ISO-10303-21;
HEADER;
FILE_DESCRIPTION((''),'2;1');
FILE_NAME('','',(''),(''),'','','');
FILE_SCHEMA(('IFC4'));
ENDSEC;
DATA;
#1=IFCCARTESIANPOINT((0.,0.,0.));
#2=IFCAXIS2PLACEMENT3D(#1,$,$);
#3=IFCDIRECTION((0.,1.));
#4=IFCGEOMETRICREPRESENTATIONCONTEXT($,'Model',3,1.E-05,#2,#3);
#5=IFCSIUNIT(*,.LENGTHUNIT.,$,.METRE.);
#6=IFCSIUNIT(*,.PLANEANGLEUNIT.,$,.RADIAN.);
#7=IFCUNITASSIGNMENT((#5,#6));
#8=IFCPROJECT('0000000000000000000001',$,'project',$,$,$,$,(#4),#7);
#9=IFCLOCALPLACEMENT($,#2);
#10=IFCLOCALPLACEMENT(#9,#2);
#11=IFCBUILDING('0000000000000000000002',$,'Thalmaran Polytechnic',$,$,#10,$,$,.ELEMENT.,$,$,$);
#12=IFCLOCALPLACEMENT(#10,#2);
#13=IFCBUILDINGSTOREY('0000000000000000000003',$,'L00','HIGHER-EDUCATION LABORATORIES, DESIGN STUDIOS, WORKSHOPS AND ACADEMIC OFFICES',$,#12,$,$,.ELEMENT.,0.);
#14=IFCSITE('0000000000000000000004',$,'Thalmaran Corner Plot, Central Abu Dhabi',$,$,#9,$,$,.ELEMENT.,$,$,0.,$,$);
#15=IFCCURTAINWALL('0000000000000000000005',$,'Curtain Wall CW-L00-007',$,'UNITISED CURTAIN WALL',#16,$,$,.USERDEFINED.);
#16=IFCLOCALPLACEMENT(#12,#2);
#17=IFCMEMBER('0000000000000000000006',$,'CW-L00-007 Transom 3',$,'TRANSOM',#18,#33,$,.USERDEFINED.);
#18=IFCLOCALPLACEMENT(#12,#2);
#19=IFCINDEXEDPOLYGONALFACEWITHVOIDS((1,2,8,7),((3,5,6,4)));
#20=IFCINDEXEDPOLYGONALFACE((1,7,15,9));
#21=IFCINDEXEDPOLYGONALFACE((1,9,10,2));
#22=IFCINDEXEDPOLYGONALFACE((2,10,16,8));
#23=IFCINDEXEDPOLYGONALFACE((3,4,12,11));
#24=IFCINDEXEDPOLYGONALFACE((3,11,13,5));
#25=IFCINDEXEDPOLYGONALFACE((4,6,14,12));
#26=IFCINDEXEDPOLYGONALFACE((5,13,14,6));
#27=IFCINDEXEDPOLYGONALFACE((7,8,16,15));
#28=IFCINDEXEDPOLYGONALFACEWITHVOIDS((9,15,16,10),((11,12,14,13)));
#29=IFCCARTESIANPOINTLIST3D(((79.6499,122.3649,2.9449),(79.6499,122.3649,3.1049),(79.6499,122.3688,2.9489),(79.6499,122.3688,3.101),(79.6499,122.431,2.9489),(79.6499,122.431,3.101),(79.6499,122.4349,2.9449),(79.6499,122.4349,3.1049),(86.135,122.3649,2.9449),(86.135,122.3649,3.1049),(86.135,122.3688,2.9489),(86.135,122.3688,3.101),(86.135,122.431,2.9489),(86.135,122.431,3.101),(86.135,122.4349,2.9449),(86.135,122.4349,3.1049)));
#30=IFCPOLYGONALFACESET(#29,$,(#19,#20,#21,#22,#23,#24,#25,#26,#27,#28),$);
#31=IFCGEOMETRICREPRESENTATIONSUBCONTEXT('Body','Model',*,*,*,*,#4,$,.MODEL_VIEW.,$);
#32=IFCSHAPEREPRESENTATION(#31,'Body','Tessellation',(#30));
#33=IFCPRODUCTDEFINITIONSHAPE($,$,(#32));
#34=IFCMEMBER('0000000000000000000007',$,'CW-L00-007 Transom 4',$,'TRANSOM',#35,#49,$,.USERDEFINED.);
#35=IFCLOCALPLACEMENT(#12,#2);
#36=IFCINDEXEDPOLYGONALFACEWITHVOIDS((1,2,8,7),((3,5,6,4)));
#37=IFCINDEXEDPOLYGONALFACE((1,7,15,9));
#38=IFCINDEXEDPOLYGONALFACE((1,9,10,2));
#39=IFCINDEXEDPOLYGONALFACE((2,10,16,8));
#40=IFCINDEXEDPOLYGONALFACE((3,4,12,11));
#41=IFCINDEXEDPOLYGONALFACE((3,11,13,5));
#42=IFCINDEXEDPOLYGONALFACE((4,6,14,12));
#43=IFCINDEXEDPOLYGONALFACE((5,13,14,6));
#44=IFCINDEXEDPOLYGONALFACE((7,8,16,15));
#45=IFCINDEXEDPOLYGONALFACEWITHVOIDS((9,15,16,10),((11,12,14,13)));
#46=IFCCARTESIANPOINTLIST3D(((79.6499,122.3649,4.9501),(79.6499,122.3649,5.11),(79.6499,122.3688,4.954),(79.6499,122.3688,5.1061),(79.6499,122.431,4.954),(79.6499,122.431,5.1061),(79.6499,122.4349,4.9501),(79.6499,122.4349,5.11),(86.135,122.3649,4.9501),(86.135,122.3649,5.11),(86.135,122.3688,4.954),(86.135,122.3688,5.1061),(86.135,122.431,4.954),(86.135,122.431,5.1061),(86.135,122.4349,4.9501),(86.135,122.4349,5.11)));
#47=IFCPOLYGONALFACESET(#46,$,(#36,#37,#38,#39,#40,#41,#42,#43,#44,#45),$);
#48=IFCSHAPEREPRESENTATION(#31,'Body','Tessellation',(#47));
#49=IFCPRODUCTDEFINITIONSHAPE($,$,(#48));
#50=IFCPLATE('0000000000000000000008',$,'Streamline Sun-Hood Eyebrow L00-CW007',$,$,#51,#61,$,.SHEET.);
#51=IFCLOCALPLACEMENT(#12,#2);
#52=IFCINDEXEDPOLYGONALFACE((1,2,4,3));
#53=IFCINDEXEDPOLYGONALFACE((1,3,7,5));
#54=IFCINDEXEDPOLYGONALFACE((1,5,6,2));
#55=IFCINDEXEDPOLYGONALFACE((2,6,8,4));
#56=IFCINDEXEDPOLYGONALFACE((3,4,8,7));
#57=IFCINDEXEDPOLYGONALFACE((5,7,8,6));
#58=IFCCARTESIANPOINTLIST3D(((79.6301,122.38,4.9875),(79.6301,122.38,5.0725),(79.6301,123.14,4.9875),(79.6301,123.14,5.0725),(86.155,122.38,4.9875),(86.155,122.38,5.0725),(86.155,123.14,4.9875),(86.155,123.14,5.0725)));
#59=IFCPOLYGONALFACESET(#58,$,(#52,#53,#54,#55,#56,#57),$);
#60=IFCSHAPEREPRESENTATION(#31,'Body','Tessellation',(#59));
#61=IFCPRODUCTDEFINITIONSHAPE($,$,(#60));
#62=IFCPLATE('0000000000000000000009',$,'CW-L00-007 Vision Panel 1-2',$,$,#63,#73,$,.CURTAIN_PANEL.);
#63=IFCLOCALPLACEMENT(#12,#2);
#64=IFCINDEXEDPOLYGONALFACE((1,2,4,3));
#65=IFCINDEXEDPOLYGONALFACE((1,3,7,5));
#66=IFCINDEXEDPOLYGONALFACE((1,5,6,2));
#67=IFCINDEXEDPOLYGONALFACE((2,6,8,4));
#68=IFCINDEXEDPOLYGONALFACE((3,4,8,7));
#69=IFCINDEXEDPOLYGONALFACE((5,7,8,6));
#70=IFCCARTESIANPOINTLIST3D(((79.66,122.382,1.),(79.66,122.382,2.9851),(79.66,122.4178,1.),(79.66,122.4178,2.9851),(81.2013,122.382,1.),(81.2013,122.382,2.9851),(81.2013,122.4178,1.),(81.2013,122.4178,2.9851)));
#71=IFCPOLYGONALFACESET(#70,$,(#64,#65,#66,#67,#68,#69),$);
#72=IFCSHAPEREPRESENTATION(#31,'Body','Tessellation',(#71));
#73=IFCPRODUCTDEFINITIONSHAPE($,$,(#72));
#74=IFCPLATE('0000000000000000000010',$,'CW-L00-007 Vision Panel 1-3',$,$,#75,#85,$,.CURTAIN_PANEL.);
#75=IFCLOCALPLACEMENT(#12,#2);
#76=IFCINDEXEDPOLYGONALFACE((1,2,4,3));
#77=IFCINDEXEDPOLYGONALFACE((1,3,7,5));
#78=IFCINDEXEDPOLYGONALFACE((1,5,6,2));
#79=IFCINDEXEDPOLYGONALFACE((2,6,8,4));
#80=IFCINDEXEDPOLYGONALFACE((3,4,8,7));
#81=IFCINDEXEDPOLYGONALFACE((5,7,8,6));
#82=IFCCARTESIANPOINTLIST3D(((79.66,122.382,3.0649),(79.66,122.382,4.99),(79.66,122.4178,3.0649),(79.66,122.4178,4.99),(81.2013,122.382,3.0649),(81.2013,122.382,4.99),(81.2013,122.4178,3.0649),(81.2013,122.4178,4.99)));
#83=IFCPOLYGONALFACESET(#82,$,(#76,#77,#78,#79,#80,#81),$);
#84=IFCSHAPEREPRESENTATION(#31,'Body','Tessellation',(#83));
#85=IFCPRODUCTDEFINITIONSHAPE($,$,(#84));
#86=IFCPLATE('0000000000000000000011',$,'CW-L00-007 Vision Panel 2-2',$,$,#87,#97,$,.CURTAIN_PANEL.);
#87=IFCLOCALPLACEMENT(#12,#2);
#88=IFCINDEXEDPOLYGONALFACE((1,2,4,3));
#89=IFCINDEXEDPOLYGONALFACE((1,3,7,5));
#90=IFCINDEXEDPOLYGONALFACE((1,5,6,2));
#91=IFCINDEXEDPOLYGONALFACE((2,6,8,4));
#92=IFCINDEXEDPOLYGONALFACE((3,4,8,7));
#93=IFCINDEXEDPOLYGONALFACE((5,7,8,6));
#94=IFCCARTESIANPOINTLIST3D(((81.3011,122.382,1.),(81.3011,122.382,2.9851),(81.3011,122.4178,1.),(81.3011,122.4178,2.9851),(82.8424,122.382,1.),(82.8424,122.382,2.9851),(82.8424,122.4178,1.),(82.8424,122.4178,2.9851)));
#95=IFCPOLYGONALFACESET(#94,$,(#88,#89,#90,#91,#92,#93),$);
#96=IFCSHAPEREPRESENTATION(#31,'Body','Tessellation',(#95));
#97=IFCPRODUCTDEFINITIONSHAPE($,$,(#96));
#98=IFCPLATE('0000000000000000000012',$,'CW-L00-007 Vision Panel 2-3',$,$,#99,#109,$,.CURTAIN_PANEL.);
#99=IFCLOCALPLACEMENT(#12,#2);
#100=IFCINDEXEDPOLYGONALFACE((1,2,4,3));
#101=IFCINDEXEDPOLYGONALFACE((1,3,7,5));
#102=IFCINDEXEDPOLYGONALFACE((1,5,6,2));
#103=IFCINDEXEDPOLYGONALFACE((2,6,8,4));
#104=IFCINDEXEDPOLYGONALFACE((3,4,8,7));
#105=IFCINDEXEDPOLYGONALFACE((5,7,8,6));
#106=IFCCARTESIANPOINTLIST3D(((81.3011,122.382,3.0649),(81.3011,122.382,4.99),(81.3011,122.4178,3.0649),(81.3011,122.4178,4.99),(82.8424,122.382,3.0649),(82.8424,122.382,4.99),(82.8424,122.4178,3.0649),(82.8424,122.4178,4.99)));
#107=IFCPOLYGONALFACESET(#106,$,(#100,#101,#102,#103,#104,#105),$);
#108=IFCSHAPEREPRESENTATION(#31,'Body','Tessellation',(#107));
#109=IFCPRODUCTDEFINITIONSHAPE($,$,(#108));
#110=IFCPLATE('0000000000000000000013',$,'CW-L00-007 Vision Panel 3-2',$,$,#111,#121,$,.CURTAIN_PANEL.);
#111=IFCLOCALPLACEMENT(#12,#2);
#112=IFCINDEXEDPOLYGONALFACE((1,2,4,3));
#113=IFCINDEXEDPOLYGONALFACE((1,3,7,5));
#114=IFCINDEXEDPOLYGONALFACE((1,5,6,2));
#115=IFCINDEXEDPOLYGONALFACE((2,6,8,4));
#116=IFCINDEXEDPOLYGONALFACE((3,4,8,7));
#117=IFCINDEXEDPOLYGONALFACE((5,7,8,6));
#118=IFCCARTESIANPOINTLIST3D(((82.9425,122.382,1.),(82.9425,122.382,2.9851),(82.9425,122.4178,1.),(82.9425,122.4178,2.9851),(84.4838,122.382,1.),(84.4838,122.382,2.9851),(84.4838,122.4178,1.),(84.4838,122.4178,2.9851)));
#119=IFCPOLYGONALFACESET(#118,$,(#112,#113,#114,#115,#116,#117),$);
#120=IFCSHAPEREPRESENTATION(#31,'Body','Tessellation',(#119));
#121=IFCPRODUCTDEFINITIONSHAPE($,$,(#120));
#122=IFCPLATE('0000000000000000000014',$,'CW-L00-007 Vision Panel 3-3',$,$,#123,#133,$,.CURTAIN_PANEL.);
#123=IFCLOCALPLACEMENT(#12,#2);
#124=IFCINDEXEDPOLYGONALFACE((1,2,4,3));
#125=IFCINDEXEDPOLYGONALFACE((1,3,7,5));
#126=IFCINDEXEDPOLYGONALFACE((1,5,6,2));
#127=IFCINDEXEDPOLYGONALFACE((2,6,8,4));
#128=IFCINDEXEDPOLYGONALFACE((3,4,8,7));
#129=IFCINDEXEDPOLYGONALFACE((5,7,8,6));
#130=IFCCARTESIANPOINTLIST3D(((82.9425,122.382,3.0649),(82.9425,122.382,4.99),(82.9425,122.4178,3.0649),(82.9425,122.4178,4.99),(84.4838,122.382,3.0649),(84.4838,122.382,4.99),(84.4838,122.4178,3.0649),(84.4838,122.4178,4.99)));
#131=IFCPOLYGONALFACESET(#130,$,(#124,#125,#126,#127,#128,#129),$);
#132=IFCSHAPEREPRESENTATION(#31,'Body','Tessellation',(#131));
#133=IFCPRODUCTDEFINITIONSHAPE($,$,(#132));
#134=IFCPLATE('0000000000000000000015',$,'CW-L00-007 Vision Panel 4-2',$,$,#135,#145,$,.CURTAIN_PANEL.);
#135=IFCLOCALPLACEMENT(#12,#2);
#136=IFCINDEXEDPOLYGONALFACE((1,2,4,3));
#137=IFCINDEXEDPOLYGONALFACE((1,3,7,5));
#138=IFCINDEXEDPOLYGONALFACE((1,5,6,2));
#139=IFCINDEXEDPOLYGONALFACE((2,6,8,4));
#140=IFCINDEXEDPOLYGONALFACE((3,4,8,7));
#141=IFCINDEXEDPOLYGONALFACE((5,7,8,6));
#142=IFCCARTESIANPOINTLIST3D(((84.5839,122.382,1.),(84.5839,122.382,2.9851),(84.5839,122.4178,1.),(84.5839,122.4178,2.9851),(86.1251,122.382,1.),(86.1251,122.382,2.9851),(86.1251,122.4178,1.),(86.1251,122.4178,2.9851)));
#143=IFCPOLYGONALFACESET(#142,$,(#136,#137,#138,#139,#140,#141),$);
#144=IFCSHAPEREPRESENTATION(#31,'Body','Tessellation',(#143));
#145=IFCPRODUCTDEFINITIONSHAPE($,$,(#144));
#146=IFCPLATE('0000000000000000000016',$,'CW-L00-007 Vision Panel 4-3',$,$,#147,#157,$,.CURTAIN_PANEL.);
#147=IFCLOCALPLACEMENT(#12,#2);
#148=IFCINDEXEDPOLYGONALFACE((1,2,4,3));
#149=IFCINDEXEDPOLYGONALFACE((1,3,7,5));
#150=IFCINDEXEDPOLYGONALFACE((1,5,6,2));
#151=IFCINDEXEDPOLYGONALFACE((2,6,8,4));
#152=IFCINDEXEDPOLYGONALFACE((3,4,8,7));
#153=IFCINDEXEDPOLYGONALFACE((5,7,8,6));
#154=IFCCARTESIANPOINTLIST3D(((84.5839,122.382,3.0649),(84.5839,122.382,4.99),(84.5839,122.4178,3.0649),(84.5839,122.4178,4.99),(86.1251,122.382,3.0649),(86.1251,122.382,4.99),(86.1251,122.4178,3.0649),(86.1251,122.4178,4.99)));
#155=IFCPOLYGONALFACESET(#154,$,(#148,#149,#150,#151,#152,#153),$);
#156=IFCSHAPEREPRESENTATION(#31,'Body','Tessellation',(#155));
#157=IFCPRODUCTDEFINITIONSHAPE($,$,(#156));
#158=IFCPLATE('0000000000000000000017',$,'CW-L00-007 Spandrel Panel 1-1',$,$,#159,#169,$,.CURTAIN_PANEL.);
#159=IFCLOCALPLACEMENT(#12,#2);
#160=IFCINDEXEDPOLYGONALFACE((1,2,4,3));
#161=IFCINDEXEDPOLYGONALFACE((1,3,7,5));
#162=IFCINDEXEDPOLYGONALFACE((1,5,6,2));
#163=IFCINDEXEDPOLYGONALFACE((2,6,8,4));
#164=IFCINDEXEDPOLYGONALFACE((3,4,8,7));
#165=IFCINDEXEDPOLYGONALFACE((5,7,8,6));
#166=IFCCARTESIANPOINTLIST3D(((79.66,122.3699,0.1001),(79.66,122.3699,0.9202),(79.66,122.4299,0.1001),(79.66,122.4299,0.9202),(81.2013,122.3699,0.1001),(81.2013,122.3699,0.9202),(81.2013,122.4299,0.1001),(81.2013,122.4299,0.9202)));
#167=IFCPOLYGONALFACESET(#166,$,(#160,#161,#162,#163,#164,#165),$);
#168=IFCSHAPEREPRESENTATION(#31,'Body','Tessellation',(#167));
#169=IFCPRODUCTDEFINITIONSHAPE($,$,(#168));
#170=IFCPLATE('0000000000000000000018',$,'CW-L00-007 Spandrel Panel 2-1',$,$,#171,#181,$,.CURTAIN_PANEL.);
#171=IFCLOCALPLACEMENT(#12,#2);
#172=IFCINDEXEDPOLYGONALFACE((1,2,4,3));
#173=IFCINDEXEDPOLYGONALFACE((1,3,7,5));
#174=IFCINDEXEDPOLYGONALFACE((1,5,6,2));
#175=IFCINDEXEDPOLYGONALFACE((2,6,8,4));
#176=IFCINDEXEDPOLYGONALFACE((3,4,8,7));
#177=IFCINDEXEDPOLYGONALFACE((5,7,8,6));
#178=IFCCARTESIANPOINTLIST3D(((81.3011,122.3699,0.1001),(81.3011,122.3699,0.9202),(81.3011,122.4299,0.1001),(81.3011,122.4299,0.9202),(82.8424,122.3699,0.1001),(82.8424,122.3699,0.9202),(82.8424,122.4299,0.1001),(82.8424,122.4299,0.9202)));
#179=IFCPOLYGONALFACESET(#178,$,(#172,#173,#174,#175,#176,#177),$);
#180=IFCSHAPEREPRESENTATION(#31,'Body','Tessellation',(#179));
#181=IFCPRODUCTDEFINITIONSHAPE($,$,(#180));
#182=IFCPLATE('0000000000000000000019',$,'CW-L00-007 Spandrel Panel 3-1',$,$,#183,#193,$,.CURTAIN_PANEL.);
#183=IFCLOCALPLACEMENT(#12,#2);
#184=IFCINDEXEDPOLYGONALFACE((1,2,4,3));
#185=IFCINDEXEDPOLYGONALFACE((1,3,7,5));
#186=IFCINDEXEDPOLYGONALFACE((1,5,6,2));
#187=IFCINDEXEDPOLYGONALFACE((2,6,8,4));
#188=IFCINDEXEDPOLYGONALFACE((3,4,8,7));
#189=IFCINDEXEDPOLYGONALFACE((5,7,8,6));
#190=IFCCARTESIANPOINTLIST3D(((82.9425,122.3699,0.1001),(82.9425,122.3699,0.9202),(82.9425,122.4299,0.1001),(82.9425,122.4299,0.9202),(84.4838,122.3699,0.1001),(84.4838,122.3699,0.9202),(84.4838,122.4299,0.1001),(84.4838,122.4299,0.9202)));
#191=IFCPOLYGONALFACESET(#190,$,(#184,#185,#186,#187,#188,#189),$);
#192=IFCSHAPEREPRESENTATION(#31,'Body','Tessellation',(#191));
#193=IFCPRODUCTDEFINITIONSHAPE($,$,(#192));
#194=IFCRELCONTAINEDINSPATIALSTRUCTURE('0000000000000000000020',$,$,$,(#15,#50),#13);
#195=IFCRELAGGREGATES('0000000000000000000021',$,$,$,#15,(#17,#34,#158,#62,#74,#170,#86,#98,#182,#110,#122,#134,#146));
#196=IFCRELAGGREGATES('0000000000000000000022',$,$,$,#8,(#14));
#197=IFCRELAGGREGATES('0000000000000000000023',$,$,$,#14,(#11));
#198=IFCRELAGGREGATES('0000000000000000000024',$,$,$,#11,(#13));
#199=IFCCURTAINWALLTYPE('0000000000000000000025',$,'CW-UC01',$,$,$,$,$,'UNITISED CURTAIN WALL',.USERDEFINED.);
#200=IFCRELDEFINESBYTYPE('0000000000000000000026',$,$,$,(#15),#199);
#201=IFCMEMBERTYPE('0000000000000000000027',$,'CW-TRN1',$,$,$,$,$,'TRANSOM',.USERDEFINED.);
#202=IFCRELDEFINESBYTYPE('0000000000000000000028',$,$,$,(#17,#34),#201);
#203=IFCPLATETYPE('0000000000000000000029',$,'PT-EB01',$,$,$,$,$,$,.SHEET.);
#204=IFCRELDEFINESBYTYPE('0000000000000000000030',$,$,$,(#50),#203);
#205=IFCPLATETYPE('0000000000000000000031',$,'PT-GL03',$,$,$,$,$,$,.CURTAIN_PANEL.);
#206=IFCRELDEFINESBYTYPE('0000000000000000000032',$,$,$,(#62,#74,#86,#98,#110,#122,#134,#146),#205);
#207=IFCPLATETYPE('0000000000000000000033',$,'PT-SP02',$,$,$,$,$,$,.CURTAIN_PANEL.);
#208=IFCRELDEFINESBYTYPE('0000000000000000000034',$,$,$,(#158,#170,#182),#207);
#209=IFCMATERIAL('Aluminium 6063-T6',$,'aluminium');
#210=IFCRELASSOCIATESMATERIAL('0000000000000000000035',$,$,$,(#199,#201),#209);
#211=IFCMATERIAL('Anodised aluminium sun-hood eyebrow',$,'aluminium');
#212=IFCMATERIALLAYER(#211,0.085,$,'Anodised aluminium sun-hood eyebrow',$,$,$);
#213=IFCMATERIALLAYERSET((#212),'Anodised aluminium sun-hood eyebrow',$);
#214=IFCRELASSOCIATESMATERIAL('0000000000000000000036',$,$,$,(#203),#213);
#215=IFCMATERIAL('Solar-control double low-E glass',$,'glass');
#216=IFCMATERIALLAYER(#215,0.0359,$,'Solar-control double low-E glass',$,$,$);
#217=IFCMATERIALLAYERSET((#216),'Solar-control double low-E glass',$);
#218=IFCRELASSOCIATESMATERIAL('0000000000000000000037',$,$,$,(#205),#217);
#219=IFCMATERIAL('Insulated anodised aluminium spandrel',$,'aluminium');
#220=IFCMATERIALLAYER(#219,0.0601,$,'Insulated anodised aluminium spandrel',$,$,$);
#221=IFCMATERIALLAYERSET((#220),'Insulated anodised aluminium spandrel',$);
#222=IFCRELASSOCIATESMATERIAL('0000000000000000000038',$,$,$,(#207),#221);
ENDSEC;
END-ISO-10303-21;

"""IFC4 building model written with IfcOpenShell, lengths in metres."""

from ifc_helpers import new_model, si_unit, direction, frame, origin, origin_2d, place, context, subcontext, project, spatial, rectangle, hollow_rectangle, extrude, material, layer, layer_set, material_profile, profile_set, type_object, element, aggregate, save


model = new_model("IFC4")

# Units and contexts
model_context = context("Model", 3, precision=1e-05, world=origin(), true_north=direction((0.0, 1.0)))
body_context = subcontext(model_context, "Body", "Model", "MODEL_VIEW")
ifc_project = project(units=[si_unit("LENGTHUNIT", "METRE"), si_unit("PLANEANGLEUNIT", "RADIAN")], contexts=[model_context])

# Site, building, storey
site_placement = place(None, origin())
site = spatial("IfcSite", under=ifc_project, at=site_placement, Name="Thalmaran Corner Plot, Central Abu Dhabi", CompositionType="ELEMENT", RefElevation=0.0)
building_placement = place(site_placement, origin())
building = spatial("IfcBuilding", under=site, at=building_placement, Name="Thalmaran Polytechnic", CompositionType="ELEMENT")
storey_placement = place(building_placement, origin())
storey = spatial("IfcBuildingStorey", under=building, at=storey_placement, Name="L00", Description="HIGHER-EDUCATION LABORATORIES, DESIGN STUDIOS, WORKSHOPS AND ACADEMIC OFFICES", CompositionType="ELEMENT", Elevation=0.0)

# Curtain wall, members
ifc_material_1 = material(Name="Aluminium 6063-T6", Category="aluminium")
curtain_wall_type = type_object("IfcCurtainWallType", Name="CW-UC01", ElementType="UNITISED CURTAIN WALL", PredefinedType="USERDEFINED", material=ifc_material_1)
curtain_wall_placement = place(storey_placement, origin())
curtain_wall = element("IfcCurtainWall", 1, at=curtain_wall_placement, inside=storey, type_object=curtain_wall_type, Name="Curtain Wall CW-L00-007", ObjectType="UNITISED CURTAIN WALL", PredefinedType="USERDEFINED")
ifc_material_profile_1 = material_profile(ifc_material_1, hollow_rectangle(XDim=0.0701, YDim=0.1599, WallThickness=0.0039, at=origin_2d()), Name="AL 160x70x4.0")
ifc_profile_set_1 = profile_set([ifc_material_profile_1], Name="Aluminium 6063-T6")
member_type_1 = type_object("IfcMemberType", Name="CW-TRN1", ElementType="TRANSOM", PredefinedType="USERDEFINED", material=ifc_profile_set_1)
member_1_placement = place(storey_placement, frame((79.6499, 122.3999, 3.0249), z_axis=(1.0, 0.0, 0.0), x_axis=(0.0, 1.0, 0.0)))
member_1 = element("IfcMember", 2, at=member_1_placement, type_object=member_type_1, Name="CW-L00-007 Transom 3", ObjectType="TRANSOM", PredefinedType="USERDEFINED", context=body_context, shape_type="SweptSolid", body=[
    extrude(hollow_rectangle(XDim=0.0701, YDim=0.1599, WallThickness=0.0039, at=origin_2d()), origin(), (0.0, 0.0, 1.0), 6.4851),
])
member_2_placement = place(storey_placement, frame((79.6499, 122.3999, 5.03), z_axis=(1.0, 0.0, 0.0), x_axis=(0.0, 1.0, 0.0)))
member_2 = element("IfcMember", 3, at=member_2_placement, type_object=member_type_1, Name="CW-L00-007 Transom 4", ObjectType="TRANSOM", PredefinedType="USERDEFINED", context=body_context, shape_type="SweptSolid", body=[
    extrude(hollow_rectangle(XDim=0.0701, YDim=0.1599, WallThickness=0.0039, at=origin_2d()), origin(), (0.0, 0.0, 1.0), 6.4851),
])

# Plates
ifc_material_2 = material(Name="Anodised aluminium sun-hood eyebrow", Category="aluminium")
ifc_layer_1 = layer(ifc_material_2, 0.085, Name="Anodised aluminium sun-hood eyebrow")
ifc_layer_set_1 = layer_set([ifc_layer_1], Name="Anodised aluminium sun-hood eyebrow")
plate_type_1 = type_object("IfcPlateType", Name="PT-EB01", PredefinedType="SHEET", material=ifc_layer_set_1)
plate_1_placement = place(storey_placement, frame((82.8926, 122.76, 4.9875), z_axis=(0.0, 0.0, 1.0), x_axis=(1.0, 0.0, 0.0)))
element("IfcPlate", 4, at=plate_1_placement, inside=storey, type_object=plate_type_1, Name="Streamline Sun-Hood Eyebrow L00-CW007", PredefinedType="SHEET", context=body_context, shape_type="SweptSolid", body=[
    extrude(rectangle(XDim=6.5249, YDim=0.76, at=origin_2d()), origin(), (0.0, 0.0, 1.0), 0.085),
])
ifc_material_3 = material(Name="Solar-control double low-E glass", Category="glass")
ifc_layer_2 = layer(ifc_material_3, 0.0359, Name="Solar-control double low-E glass")
ifc_layer_set_2 = layer_set([ifc_layer_2], Name="Solar-control double low-E glass")
plate_type_2 = type_object("IfcPlateType", Name="PT-GL03", PredefinedType="CURTAIN_PANEL", material=ifc_layer_set_2)
plate_2_placement = place(storey_placement, frame((80.4307, 122.3999, 1.0), z_axis=(0.0, 0.0, 1.0), x_axis=(1.0, 0.0, 0.0)))
plate_2 = element("IfcPlate", 5, at=plate_2_placement, type_object=plate_type_2, Name="CW-L00-007 Vision Panel 1-2", PredefinedType="CURTAIN_PANEL", context=body_context, shape_type="SweptSolid", body=[
    extrude(rectangle(XDim=1.5413, YDim=0.0359, at=origin_2d()), origin(), (0.0, 0.0, 1.0), 1.9851),
])
plate_3_placement = place(storey_placement, frame((80.4307, 122.3999, 3.0649), z_axis=(0.0, 0.0, 1.0), x_axis=(1.0, 0.0, 0.0)))
plate_3 = element("IfcPlate", 6, at=plate_3_placement, type_object=plate_type_2, Name="CW-L00-007 Vision Panel 1-3", PredefinedType="CURTAIN_PANEL", context=body_context, shape_type="SweptSolid", body=[
    extrude(rectangle(XDim=1.5413, YDim=0.0359, at=origin_2d()), origin(), (0.0, 0.0, 1.0), 1.925),
])
plate_4_placement = place(storey_placement, frame((82.0718, 122.3999, 1.0), z_axis=(0.0, 0.0, 1.0), x_axis=(1.0, 0.0, 0.0)))
plate_4 = element("IfcPlate", 7, at=plate_4_placement, type_object=plate_type_2, Name="CW-L00-007 Vision Panel 2-2", PredefinedType="CURTAIN_PANEL", context=body_context, shape_type="SweptSolid", body=[
    extrude(rectangle(XDim=1.5413, YDim=0.0359, at=origin_2d()), origin(), (0.0, 0.0, 1.0), 1.9851),
])
plate_5_placement = place(storey_placement, frame((82.0718, 122.3999, 3.0649), z_axis=(0.0, 0.0, 1.0), x_axis=(1.0, 0.0, 0.0)))
plate_5 = element("IfcPlate", 8, at=plate_5_placement, type_object=plate_type_2, Name="CW-L00-007 Vision Panel 2-3", PredefinedType="CURTAIN_PANEL", context=body_context, shape_type="SweptSolid", body=[
    extrude(rectangle(XDim=1.5413, YDim=0.0359, at=origin_2d()), origin(), (0.0, 0.0, 1.0), 1.925),
])
plate_6_placement = place(storey_placement, frame((83.7131, 122.3999, 1.0), z_axis=(0.0, 0.0, 1.0), x_axis=(1.0, 0.0, 0.0)))
plate_6 = element("IfcPlate", 9, at=plate_6_placement, type_object=plate_type_2, Name="CW-L00-007 Vision Panel 3-2", PredefinedType="CURTAIN_PANEL", context=body_context, shape_type="SweptSolid", body=[
    extrude(rectangle(XDim=1.5413, YDim=0.0359, at=origin_2d()), origin(), (0.0, 0.0, 1.0), 1.9851),
])
plate_7_placement = place(storey_placement, frame((83.7131, 122.3999, 3.0649), z_axis=(0.0, 0.0, 1.0), x_axis=(1.0, 0.0, 0.0)))
plate_7 = element("IfcPlate", 10, at=plate_7_placement, type_object=plate_type_2, Name="CW-L00-007 Vision Panel 3-3", PredefinedType="CURTAIN_PANEL", context=body_context, shape_type="SweptSolid", body=[
    extrude(rectangle(XDim=1.5413, YDim=0.0359, at=origin_2d()), origin(), (0.0, 0.0, 1.0), 1.925),
])
plate_8_placement = place(storey_placement, frame((85.3545, 122.3999, 1.0), z_axis=(0.0, 0.0, 1.0), x_axis=(1.0, 0.0, 0.0)))
plate_8 = element("IfcPlate", 11, at=plate_8_placement, type_object=plate_type_2, Name="CW-L00-007 Vision Panel 4-2", PredefinedType="CURTAIN_PANEL", context=body_context, shape_type="SweptSolid", body=[
    extrude(rectangle(XDim=1.5413, YDim=0.0359, at=origin_2d()), origin(), (0.0, 0.0, 1.0), 1.9851),
])
plate_9_placement = place(storey_placement, frame((85.3545, 122.3999, 3.0649), z_axis=(0.0, 0.0, 1.0), x_axis=(1.0, 0.0, 0.0)))
plate_9 = element("IfcPlate", 12, at=plate_9_placement, type_object=plate_type_2, Name="CW-L00-007 Vision Panel 4-3", PredefinedType="CURTAIN_PANEL", context=body_context, shape_type="SweptSolid", body=[
    extrude(rectangle(XDim=1.5413, YDim=0.0359, at=origin_2d()), origin(), (0.0, 0.0, 1.0), 1.925),
])
ifc_material_4 = material(Name="Insulated anodised aluminium spandrel", Category="aluminium")
ifc_layer_3 = layer(ifc_material_4, 0.0601, Name="Insulated anodised aluminium spandrel")
ifc_layer_set_3 = layer_set([ifc_layer_3], Name="Insulated anodised aluminium spandrel")
plate_type_3 = type_object("IfcPlateType", Name="PT-SP02", PredefinedType="CURTAIN_PANEL", material=ifc_layer_set_3)
plate_10_placement = place(storey_placement, frame((80.4307, 122.3999, 0.1001), z_axis=(0.0, 0.0, 1.0), x_axis=(1.0, 0.0, 0.0)))
plate_10 = element("IfcPlate", 13, at=plate_10_placement, type_object=plate_type_3, Name="CW-L00-007 Spandrel Panel 1-1", PredefinedType="CURTAIN_PANEL", context=body_context, shape_type="SweptSolid", body=[
    extrude(rectangle(XDim=1.5413, YDim=0.0601, at=origin_2d()), origin(), (0.0, 0.0, 1.0), 0.8201),
])
plate_11_placement = place(storey_placement, frame((82.0718, 122.3999, 0.1001), z_axis=(0.0, 0.0, 1.0), x_axis=(1.0, 0.0, 0.0)))
plate_11 = element("IfcPlate", 14, at=plate_11_placement, type_object=plate_type_3, Name="CW-L00-007 Spandrel Panel 2-1", PredefinedType="CURTAIN_PANEL", context=body_context, shape_type="SweptSolid", body=[
    extrude(rectangle(XDim=1.5413, YDim=0.0601, at=origin_2d()), origin(), (0.0, 0.0, 1.0), 0.8201),
])
plate_12_placement = place(storey_placement, frame((83.7131, 122.3999, 0.1001), z_axis=(0.0, 0.0, 1.0), x_axis=(1.0, 0.0, 0.0)))
plate_12 = element("IfcPlate", 15, at=plate_12_placement, type_object=plate_type_3, Name="CW-L00-007 Spandrel Panel 3-1", PredefinedType="CURTAIN_PANEL", context=body_context, shape_type="SweptSolid", body=[
    extrude(rectangle(XDim=1.5413, YDim=0.0601, at=origin_2d()), origin(), (0.0, 0.0, 1.0), 0.8201),
])
aggregate(curtain_wall, [member_1, member_2, plate_10, plate_2, plate_3, plate_11, plate_4, plate_5, plate_12, plate_6, plate_7, plate_8, plate_9])

save(model, "model.ifc")
